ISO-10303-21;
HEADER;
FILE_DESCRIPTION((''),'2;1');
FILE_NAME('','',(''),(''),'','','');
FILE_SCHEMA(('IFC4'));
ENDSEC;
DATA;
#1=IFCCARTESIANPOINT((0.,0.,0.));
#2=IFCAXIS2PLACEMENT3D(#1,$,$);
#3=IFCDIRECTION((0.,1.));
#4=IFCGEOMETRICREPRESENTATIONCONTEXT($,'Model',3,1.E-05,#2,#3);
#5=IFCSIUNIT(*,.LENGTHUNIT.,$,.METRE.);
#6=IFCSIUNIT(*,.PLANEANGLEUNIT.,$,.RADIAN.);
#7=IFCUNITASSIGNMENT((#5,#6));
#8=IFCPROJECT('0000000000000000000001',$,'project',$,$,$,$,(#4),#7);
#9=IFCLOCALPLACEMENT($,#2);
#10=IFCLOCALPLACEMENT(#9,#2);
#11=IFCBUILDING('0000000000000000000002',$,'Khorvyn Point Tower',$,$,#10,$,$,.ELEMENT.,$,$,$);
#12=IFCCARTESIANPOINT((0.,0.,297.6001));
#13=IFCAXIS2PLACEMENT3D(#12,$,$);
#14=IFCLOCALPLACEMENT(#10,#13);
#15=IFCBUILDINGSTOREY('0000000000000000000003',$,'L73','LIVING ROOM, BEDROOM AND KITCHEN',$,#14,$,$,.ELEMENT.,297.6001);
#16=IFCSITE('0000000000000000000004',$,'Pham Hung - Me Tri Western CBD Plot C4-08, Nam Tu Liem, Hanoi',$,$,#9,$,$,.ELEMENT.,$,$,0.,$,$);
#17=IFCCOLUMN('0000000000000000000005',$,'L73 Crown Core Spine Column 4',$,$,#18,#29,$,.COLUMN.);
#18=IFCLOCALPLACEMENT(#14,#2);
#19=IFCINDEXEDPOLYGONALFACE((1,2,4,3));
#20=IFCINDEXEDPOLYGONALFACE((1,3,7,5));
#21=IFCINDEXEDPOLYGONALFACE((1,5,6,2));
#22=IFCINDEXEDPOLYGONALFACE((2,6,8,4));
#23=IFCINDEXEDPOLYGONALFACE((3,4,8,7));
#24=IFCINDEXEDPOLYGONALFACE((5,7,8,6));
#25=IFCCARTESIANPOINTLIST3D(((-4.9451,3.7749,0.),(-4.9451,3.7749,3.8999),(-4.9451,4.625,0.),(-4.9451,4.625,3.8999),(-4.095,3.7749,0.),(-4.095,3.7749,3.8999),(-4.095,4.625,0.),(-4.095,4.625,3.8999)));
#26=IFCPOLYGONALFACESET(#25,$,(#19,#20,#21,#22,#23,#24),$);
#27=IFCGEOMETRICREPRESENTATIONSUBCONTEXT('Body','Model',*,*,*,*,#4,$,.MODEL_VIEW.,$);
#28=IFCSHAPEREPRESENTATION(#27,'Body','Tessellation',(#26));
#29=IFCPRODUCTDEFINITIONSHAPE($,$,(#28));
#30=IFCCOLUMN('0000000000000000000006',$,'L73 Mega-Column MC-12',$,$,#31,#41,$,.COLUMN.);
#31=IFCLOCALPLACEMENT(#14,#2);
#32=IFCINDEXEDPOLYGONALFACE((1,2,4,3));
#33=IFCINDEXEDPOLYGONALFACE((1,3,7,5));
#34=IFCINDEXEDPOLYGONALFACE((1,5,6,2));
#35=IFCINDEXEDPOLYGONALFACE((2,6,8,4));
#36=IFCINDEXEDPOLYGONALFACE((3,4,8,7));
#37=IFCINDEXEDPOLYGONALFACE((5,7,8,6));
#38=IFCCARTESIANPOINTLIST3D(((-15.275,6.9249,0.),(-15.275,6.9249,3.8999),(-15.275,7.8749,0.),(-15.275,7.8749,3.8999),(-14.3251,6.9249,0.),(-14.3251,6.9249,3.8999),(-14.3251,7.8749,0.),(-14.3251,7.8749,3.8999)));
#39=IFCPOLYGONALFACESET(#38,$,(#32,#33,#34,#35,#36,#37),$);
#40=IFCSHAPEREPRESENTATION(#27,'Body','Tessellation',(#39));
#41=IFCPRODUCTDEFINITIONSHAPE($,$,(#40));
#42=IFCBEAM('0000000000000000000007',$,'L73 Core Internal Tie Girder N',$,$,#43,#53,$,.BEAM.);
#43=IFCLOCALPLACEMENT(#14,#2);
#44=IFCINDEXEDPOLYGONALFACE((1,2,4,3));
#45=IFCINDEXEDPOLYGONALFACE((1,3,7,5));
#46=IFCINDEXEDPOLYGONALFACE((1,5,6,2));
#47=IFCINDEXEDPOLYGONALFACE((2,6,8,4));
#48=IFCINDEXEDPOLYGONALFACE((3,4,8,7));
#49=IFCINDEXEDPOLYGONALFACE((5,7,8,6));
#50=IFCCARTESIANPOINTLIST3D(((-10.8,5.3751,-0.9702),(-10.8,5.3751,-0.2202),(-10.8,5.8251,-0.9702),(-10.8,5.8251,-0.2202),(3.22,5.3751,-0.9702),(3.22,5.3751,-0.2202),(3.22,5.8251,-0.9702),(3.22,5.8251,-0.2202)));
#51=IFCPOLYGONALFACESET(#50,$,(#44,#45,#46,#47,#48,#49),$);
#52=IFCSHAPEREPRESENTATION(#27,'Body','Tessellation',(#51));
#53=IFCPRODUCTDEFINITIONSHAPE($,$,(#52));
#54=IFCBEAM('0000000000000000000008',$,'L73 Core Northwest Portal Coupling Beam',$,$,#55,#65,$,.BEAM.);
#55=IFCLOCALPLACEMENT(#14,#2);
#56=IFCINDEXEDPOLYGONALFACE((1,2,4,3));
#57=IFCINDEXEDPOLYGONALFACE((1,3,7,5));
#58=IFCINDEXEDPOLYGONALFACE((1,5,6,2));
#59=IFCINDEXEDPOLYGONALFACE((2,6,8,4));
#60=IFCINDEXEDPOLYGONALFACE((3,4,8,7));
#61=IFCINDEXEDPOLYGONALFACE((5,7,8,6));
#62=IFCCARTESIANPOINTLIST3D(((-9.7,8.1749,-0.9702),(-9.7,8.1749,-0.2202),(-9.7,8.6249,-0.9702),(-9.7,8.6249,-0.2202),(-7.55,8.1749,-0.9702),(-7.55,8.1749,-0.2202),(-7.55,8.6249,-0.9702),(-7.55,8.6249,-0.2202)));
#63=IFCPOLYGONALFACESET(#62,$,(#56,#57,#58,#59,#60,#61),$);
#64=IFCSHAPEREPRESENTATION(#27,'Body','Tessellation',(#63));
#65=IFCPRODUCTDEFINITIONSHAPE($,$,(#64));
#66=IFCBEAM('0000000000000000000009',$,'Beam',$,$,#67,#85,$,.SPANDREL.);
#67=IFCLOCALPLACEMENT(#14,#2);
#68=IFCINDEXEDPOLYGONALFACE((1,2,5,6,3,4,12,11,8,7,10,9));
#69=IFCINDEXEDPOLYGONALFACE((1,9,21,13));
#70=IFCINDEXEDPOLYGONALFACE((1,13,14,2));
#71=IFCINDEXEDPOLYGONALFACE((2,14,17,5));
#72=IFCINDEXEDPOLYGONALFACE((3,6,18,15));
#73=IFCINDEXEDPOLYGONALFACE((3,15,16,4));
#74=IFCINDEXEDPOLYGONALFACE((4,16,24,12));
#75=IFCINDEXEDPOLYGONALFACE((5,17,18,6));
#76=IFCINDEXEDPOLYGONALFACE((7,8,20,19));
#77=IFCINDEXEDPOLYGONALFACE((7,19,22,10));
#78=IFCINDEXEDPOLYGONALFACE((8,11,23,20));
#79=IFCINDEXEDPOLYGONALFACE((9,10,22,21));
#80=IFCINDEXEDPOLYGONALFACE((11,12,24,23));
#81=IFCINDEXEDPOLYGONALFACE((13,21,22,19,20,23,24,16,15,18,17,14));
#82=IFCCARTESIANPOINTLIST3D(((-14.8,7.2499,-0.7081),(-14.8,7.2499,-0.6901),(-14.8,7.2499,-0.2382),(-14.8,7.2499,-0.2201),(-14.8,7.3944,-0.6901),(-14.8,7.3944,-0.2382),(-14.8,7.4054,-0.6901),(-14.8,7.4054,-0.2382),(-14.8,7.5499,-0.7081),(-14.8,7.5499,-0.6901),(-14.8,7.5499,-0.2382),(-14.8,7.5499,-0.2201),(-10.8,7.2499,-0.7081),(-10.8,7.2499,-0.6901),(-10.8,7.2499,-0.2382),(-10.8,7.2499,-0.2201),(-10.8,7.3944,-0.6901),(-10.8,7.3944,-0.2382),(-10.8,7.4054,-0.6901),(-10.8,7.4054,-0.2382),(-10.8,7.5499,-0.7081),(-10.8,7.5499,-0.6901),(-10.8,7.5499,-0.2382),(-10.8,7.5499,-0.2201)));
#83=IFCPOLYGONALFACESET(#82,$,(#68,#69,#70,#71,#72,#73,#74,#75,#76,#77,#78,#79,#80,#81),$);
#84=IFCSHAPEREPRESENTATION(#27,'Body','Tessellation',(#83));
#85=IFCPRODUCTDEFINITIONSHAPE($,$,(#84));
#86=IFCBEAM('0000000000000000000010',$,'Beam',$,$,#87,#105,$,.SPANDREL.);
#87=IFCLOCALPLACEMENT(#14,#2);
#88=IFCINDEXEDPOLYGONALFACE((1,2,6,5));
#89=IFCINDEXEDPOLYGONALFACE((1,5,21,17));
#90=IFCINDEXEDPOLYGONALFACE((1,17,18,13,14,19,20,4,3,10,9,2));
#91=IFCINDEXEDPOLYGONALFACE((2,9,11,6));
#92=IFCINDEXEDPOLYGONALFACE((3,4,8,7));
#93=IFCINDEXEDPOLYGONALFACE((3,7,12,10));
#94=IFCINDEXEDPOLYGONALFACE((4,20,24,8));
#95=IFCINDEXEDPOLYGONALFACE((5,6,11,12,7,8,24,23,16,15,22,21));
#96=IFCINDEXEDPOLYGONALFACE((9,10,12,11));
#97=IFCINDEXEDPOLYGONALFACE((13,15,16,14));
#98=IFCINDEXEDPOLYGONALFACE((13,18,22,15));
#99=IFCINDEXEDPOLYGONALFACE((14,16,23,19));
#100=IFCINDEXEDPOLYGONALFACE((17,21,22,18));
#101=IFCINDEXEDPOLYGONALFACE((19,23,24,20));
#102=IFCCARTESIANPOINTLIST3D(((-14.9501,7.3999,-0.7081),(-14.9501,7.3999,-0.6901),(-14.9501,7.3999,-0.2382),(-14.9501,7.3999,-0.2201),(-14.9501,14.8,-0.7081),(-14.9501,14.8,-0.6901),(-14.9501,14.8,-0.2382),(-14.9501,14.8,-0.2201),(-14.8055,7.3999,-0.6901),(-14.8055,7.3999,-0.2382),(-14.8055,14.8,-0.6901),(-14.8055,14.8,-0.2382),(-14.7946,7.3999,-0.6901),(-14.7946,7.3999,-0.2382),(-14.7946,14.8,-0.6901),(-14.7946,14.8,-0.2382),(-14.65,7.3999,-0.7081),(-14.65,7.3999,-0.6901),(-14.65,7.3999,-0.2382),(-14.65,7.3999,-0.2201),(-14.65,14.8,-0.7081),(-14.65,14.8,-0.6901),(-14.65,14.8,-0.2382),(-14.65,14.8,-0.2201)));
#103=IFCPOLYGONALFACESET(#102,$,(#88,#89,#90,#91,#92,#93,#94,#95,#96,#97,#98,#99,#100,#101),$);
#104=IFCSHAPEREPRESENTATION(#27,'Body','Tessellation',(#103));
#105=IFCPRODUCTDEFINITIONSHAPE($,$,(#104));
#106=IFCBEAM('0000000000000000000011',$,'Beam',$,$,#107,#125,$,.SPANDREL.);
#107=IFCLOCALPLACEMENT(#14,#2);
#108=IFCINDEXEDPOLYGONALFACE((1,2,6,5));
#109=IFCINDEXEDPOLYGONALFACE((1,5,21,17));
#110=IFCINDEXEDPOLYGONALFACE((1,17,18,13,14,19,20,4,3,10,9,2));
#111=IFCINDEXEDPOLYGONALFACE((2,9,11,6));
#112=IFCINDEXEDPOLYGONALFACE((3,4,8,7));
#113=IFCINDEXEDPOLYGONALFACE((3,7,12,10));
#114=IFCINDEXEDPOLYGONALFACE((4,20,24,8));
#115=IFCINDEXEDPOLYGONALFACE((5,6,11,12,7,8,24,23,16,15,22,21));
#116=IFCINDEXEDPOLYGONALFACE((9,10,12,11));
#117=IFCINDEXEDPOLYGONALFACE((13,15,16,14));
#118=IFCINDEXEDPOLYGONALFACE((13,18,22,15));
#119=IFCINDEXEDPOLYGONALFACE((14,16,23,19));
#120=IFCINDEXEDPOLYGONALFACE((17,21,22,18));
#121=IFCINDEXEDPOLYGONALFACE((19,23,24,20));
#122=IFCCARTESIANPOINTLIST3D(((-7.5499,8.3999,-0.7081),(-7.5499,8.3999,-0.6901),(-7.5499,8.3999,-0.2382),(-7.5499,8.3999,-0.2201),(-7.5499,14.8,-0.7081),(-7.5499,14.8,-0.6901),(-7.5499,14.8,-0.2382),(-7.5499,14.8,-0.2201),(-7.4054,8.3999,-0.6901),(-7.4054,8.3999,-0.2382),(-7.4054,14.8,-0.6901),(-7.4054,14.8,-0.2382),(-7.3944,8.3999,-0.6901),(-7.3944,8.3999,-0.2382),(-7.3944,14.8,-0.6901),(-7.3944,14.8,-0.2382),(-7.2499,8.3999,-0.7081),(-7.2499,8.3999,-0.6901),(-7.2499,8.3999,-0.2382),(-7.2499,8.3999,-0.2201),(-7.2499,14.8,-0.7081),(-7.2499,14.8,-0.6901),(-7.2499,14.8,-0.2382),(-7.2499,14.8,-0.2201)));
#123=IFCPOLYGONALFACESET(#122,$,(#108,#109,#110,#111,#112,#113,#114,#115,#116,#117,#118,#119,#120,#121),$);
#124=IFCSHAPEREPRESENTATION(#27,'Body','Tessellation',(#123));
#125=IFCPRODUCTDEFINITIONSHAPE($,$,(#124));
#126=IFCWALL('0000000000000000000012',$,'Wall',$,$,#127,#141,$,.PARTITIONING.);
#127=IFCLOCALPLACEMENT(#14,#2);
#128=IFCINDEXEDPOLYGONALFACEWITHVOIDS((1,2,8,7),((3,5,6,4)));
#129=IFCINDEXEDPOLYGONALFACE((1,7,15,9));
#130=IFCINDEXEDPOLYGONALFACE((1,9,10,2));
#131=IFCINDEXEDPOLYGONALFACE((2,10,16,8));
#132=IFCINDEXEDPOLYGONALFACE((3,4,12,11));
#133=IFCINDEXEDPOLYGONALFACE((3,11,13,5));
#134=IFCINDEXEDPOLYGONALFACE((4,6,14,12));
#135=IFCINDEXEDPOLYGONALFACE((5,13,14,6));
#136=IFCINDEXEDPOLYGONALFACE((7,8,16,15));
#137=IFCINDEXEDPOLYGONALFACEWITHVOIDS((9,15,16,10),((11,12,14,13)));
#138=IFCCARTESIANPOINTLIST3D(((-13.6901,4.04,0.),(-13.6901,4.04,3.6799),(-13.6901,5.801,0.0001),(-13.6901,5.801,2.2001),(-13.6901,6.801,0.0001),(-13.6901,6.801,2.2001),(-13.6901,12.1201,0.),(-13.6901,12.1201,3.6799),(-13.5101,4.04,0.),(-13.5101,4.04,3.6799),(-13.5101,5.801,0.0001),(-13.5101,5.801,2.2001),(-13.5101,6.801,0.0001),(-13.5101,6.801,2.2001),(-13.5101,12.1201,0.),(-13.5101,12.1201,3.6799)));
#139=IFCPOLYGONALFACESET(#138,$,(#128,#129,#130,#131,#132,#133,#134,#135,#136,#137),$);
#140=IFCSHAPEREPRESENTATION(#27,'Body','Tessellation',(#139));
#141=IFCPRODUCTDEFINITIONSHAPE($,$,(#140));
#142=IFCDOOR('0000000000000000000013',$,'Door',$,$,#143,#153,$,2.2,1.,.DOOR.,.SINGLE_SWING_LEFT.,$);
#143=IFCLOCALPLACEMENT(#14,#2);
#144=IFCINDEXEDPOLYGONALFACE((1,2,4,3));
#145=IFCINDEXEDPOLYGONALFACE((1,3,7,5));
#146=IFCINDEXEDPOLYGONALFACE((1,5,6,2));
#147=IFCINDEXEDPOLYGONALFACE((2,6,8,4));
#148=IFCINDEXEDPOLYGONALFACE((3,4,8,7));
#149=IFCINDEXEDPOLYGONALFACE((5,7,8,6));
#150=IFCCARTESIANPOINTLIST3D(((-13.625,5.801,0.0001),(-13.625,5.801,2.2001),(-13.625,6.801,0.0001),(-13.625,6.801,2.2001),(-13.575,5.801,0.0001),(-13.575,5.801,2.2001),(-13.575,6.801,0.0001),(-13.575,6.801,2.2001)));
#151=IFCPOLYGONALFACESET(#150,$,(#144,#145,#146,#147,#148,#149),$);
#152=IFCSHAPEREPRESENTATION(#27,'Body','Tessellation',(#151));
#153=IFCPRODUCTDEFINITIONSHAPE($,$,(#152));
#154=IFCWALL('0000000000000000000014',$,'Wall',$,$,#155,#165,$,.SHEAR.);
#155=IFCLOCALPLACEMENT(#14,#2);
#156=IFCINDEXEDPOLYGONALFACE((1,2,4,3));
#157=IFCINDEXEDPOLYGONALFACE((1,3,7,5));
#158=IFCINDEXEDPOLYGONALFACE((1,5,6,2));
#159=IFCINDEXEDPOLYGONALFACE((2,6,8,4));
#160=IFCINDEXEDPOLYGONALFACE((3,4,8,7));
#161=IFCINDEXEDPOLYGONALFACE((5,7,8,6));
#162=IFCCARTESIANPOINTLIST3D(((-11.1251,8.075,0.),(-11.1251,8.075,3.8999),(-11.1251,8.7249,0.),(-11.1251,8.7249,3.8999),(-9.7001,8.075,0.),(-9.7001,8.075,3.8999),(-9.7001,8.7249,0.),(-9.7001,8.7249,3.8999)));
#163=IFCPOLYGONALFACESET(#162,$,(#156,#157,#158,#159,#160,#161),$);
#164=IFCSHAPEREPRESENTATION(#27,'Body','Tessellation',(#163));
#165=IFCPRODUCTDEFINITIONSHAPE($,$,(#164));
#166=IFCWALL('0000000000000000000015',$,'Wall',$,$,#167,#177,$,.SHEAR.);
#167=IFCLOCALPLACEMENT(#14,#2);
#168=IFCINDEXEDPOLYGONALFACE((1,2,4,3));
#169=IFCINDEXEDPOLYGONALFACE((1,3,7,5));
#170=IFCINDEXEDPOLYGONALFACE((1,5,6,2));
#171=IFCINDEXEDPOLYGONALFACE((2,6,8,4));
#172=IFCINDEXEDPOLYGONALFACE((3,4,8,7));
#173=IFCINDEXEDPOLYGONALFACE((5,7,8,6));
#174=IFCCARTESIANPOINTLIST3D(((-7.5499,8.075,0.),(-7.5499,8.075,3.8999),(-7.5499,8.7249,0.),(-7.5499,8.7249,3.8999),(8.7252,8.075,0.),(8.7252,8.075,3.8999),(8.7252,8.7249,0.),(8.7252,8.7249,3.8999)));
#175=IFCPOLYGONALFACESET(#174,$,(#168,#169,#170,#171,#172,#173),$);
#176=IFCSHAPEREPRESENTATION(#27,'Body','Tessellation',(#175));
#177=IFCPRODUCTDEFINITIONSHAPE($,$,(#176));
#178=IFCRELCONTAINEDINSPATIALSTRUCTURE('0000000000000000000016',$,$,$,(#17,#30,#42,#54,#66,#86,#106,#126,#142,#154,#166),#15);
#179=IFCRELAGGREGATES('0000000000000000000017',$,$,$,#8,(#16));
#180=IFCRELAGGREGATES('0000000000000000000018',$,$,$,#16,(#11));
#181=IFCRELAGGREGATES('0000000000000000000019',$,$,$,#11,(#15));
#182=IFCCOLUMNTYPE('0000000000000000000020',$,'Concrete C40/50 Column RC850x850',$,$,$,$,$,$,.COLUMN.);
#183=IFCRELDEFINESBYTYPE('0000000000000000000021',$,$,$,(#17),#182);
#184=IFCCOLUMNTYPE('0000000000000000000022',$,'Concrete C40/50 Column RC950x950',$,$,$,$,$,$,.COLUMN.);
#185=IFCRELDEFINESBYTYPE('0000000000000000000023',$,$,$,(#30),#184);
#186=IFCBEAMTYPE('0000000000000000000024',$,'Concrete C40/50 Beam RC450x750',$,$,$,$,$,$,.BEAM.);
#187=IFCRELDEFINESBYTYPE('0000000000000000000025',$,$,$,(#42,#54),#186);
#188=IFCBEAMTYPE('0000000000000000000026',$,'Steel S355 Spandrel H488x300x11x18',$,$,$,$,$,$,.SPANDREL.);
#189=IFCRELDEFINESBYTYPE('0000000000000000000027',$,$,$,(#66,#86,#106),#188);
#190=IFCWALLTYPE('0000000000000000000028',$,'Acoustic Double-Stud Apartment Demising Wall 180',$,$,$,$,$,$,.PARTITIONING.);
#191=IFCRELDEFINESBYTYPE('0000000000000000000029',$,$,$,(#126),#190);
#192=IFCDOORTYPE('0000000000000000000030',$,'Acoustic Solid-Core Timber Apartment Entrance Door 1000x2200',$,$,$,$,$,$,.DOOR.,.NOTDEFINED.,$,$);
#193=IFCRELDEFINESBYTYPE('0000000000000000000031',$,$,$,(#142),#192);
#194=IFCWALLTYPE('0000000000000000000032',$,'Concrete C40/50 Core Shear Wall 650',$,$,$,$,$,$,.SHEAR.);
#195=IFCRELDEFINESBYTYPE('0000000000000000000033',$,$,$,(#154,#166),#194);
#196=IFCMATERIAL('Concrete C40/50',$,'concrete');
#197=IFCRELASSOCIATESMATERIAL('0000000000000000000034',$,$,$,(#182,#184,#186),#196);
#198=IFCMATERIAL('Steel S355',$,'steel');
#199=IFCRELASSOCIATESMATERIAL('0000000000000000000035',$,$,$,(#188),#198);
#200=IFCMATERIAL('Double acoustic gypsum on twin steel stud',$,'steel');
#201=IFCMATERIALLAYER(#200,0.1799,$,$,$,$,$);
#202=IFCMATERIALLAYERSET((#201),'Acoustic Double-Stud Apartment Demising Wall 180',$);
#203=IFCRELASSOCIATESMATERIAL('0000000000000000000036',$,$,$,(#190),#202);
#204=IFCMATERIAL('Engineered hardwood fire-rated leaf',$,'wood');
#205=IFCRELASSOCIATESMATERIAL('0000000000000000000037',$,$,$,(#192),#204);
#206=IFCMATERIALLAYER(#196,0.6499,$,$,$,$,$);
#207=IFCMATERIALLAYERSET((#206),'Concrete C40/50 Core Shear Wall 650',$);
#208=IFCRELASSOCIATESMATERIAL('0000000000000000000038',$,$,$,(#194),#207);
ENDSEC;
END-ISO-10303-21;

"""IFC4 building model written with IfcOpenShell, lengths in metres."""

from ifc_helpers import new_model, si_unit, direction, frame, frame_2d, origin, origin_2d, place, context, subcontext, project, spatial, rectangle, i_section, extrude, material, layer, layer_set, material_profile, profile_set, type_object, element, fill, save


model = new_model("IFC4")

# Units and contexts
model_context = context("Model", 3, precision=1e-05, world=origin(), true_north=direction((0.0, 1.0)))
body_context = subcontext(model_context, "Body", "Model", "MODEL_VIEW")
ifc_project = project(units=[si_unit("LENGTHUNIT", "METRE"), si_unit("PLANEANGLEUNIT", "RADIAN")], contexts=[model_context])

# Site, building, storey
site_placement = place(None, origin())
site = spatial("IfcSite", under=ifc_project, at=site_placement, Name="Pham Hung - Me Tri Western CBD Plot C4-08, Nam Tu Liem, Hanoi", CompositionType="ELEMENT", RefElevation=0.0)
building_placement = place(site_placement, origin())
building = spatial("IfcBuilding", under=site, at=building_placement, Name="Khorvyn Point Tower", CompositionType="ELEMENT")
storey_placement = place(building_placement, frame((0.0, 0.0, 297.6001)))
storey = spatial("IfcBuildingStorey", under=building, at=storey_placement, Name="L73", Description="LIVING ROOM, BEDROOM AND KITCHEN", CompositionType="ELEMENT", Elevation=297.6001)

# Columns
ifc_material_1 = material(Name="Concrete C40/50", Category="concrete")
ifc_material_profile_1 = material_profile(ifc_material_1, rectangle(XDim=0.8501, YDim=0.8501, at=origin_2d()))
ifc_profile_set_1 = profile_set([ifc_material_profile_1], Name="Concrete C40/50 RC850x850")
column_type_1 = type_object("IfcColumnType", Name="Concrete C40/50 Column RC850x850", PredefinedType="COLUMN", material=ifc_profile_set_1)
column_1_placement = place(storey_placement, frame((-4.52, 4.2, 0.0), z_axis=(0.0, 0.0, 1.0), x_axis=(1.0, 0.0, 0.0)))
element("IfcColumn", 1, at=column_1_placement, inside=storey, type_object=column_type_1, Name="L73 Crown Core Spine Column 4", PredefinedType="COLUMN", context=body_context, shape_type="SweptSolid", body=[
    extrude(rectangle(XDim=0.8501, YDim=0.8501, at=origin_2d()), origin(), (0.0, 0.0, 1.0), 3.8999),
])
ifc_material_profile_2 = material_profile(ifc_material_1, rectangle(XDim=0.95, YDim=0.95, at=origin_2d()))
ifc_profile_set_2 = profile_set([ifc_material_profile_2], Name="Concrete C40/50 RC950x950")
column_type_2 = type_object("IfcColumnType", Name="Concrete C40/50 Column RC950x950", PredefinedType="COLUMN", material=ifc_profile_set_2)
column_2_placement = place(storey_placement, frame((-14.8, 7.3999, 0.0), z_axis=(0.0, 0.0, 1.0), x_axis=(1.0, 0.0, 0.0)))
element("IfcColumn", 2, at=column_2_placement, inside=storey, type_object=column_type_2, Name="L73 Mega-Column MC-12", PredefinedType="COLUMN", context=body_context, shape_type="SweptSolid", body=[
    extrude(rectangle(XDim=0.95, YDim=0.95, at=origin_2d()), origin(), (0.0, 0.0, 1.0), 3.8999),
])

# Beams
ifc_material_profile_3 = material_profile(ifc_material_1, rectangle(XDim=0.45, YDim=0.75, at=origin_2d()))
ifc_profile_set_3 = profile_set([ifc_material_profile_3], Name="Concrete C40/50 RC450x750")
beam_type_1 = type_object("IfcBeamType", Name="Concrete C40/50 Beam RC450x750", PredefinedType="BEAM", material=ifc_profile_set_3)
beam_1_placement = place(storey_placement, frame((-10.8, 5.6001, -0.5952), z_axis=(1.0, 0.0, 0.0), x_axis=(0.0, 1.0, 0.0)))
element("IfcBeam", 3, at=beam_1_placement, inside=storey, type_object=beam_type_1, Name="L73 Core Internal Tie Girder N", PredefinedType="BEAM", context=body_context, shape_type="SweptSolid", body=[
    extrude(rectangle(XDim=0.45, YDim=0.75, at=origin_2d()), origin(), (0.0, 0.0, 1.0), 14.02),
])
beam_2_placement = place(storey_placement, frame((-9.7, 8.3999, -0.5952), z_axis=(1.0, 0.0, 0.0), x_axis=(0.0, 1.0, 0.0)))
element("IfcBeam", 4, at=beam_2_placement, inside=storey, type_object=beam_type_1, Name="L73 Core Northwest Portal Coupling Beam", PredefinedType="BEAM", context=body_context, shape_type="SweptSolid", body=[
    extrude(rectangle(XDim=0.45, YDim=0.75, at=origin_2d()), origin(), (0.0, 0.0, 1.0), 2.1499),
])
ifc_material_2 = material(Name="Steel S355", Category="steel")
ifc_material_profile_4 = material_profile(ifc_material_2, i_section(OverallWidth=0.3, OverallDepth=0.488, WebThickness=0.011, FlangeThickness=0.0181, at=origin_2d()))
ifc_profile_set_4 = profile_set([ifc_material_profile_4], Name="Steel S355 H488x300x11x18")
beam_type_2 = type_object("IfcBeamType", Name="Steel S355 Spandrel H488x300x11x18", PredefinedType="SPANDREL", material=ifc_profile_set_4)
beam_3_placement = place(storey_placement, frame((-14.8, 7.3999, -0.4641), z_axis=(1.0, 0.0, 0.0), x_axis=(0.0, 1.0, 0.0)))
element("IfcBeam", 5, at=beam_3_placement, inside=storey, type_object=beam_type_2, Name="Beam", PredefinedType="SPANDREL", context=body_context, shape_type="SweptSolid", body=[
    extrude(i_section(OverallWidth=0.3, OverallDepth=0.488, WebThickness=0.011, FlangeThickness=0.0181, at=origin_2d()), origin(), (0.0, 0.0, 1.0), 4.0),
])
beam_4_placement = place(storey_placement, frame((-14.8, 7.3999, -0.4641), z_axis=(0.0, 1.0, 0.0), x_axis=(-1.0, 0.0, 0.0)))
element("IfcBeam", 6, at=beam_4_placement, inside=storey, type_object=beam_type_2, Name="Beam", PredefinedType="SPANDREL", context=body_context, shape_type="SweptSolid", body=[
    extrude(i_section(OverallWidth=0.3, OverallDepth=0.488, WebThickness=0.011, FlangeThickness=0.0181, at=origin_2d()), origin(), (0.0, 0.0, 1.0), 7.4001),
])
beam_5_placement = place(storey_placement, frame((-7.3999, 8.3999, -0.4641), z_axis=(0.0, 1.0, 0.0), x_axis=(-1.0, 0.0, 0.0)))
element("IfcBeam", 7, at=beam_5_placement, inside=storey, type_object=beam_type_2, Name="Beam", PredefinedType="SPANDREL", context=body_context, shape_type="SweptSolid", body=[
    extrude(i_section(OverallWidth=0.3, OverallDepth=0.488, WebThickness=0.011, FlangeThickness=0.0181, at=origin_2d()), origin(), (0.0, 0.0, 1.0), 6.4001),
])

# Wall, opening, door
ifc_material_3 = material(Name="Double acoustic gypsum on twin steel stud", Category="steel")
ifc_layer_1 = layer(ifc_material_3, 0.1799)
ifc_layer_set_1 = layer_set([ifc_layer_1], Name="Acoustic Double-Stud Apartment Demising Wall 180")
wall_type_1 = type_object("IfcWallType", Name="Acoustic Double-Stud Apartment Demising Wall 180", PredefinedType="PARTITIONING", material=ifc_layer_set_1)
wall_1_placement = place(storey_placement, frame((-13.6001, 4.04, 0.0), z_axis=(0.0, 0.0, 1.0), x_axis=(0.0, 1.0, 0.0)))
wall_1 = element("IfcWall", 8, at=wall_1_placement, inside=storey, type_object=wall_type_1, Name="Wall", PredefinedType="PARTITIONING", context=body_context, shape_type="SweptSolid", body=[
    extrude(rectangle(XDim=8.0801, YDim=0.1799, at=frame_2d((4.04, 0.0))), origin(), (0.0, 0.0, 1.0), 3.6799),
])
opening_1_placement = place(wall_1_placement, frame((1.761, 0.0, 0.0)))
opening_1 = element("IfcOpeningElement", 9, at=opening_1_placement, cuts=wall_1, PredefinedType="OPENING", context=body_context, shape_type="SweptSolid", body=[
    extrude(rectangle(XDim=1.0, YDim=2.2, at=frame_2d((0.5, 1.1001))), frame((0.0, 0.0999, 0.0), z_axis=(0.0, -1.0, 0.0), x_axis=(1.0, 0.0, 0.0)), (0.0, 0.0, 1.0), 0.2),
])
ifc_material_4 = material(Name="Engineered hardwood fire-rated leaf", Category="wood")
door_type_1 = type_object("IfcDoorType", Name="Acoustic Solid-Core Timber Apartment Entrance Door 1000x2200", OperationType="NOTDEFINED", PredefinedType="DOOR", material=ifc_material_4)
door_1_placement = place(opening_1_placement, origin())
door_1 = element("IfcDoor", 10, at=door_1_placement, inside=storey, type_object=door_type_1, Name="Door", OperationType="SINGLE_SWING_LEFT", OverallHeight=2.2, OverallWidth=1.0, PredefinedType="DOOR", context=body_context, shape_type="SweptSolid", body=[
    extrude(rectangle(XDim=1.0, YDim=2.2, at=frame_2d((0.5, 1.1001))), frame((0.0, 0.0249, 0.0), z_axis=(0.0, -1.0, 0.0), x_axis=(1.0, 0.0, 0.0)), (0.0, 0.0, 1.0), 0.05),
])
fill(opening_1, door_1)

# Walls
ifc_layer_2 = layer(ifc_material_1, 0.6499)
ifc_layer_set_2 = layer_set([ifc_layer_2], Name="Concrete C40/50 Core Shear Wall 650")
wall_type_2 = type_object("IfcWallType", Name="Concrete C40/50 Core Shear Wall 650", PredefinedType="SHEAR", material=ifc_layer_set_2)
wall_2_placement = place(storey_placement, frame((-11.125, 8.3999, 0.0), z_axis=(0.0, 0.0, 1.0), x_axis=(1.0, 0.0, 0.0)))
element("IfcWall", 11, at=wall_2_placement, inside=storey, type_object=wall_type_2, Name="Wall", PredefinedType="SHEAR", context=body_context, shape_type="SweptSolid", body=[
    extrude(rectangle(XDim=1.425, YDim=0.6499, at=frame_2d((0.7124, 0.0))), origin(), (0.0, 0.0, 1.0), 3.8999),
])
wall_3_placement = place(storey_placement, frame((-7.55, 8.3999, 0.0), z_axis=(0.0, 0.0, 1.0), x_axis=(1.0, 0.0, 0.0)))
element("IfcWall", 12, at=wall_3_placement, inside=storey, type_object=wall_type_2, Name="Wall", PredefinedType="SHEAR", context=body_context, shape_type="SweptSolid", body=[
    extrude(rectangle(XDim=16.2751, YDim=0.6499, at=frame_2d((8.1377, 0.0))), origin(), (0.0, 0.0, 1.0), 3.8999),
])

save(model, "model.ifc")
